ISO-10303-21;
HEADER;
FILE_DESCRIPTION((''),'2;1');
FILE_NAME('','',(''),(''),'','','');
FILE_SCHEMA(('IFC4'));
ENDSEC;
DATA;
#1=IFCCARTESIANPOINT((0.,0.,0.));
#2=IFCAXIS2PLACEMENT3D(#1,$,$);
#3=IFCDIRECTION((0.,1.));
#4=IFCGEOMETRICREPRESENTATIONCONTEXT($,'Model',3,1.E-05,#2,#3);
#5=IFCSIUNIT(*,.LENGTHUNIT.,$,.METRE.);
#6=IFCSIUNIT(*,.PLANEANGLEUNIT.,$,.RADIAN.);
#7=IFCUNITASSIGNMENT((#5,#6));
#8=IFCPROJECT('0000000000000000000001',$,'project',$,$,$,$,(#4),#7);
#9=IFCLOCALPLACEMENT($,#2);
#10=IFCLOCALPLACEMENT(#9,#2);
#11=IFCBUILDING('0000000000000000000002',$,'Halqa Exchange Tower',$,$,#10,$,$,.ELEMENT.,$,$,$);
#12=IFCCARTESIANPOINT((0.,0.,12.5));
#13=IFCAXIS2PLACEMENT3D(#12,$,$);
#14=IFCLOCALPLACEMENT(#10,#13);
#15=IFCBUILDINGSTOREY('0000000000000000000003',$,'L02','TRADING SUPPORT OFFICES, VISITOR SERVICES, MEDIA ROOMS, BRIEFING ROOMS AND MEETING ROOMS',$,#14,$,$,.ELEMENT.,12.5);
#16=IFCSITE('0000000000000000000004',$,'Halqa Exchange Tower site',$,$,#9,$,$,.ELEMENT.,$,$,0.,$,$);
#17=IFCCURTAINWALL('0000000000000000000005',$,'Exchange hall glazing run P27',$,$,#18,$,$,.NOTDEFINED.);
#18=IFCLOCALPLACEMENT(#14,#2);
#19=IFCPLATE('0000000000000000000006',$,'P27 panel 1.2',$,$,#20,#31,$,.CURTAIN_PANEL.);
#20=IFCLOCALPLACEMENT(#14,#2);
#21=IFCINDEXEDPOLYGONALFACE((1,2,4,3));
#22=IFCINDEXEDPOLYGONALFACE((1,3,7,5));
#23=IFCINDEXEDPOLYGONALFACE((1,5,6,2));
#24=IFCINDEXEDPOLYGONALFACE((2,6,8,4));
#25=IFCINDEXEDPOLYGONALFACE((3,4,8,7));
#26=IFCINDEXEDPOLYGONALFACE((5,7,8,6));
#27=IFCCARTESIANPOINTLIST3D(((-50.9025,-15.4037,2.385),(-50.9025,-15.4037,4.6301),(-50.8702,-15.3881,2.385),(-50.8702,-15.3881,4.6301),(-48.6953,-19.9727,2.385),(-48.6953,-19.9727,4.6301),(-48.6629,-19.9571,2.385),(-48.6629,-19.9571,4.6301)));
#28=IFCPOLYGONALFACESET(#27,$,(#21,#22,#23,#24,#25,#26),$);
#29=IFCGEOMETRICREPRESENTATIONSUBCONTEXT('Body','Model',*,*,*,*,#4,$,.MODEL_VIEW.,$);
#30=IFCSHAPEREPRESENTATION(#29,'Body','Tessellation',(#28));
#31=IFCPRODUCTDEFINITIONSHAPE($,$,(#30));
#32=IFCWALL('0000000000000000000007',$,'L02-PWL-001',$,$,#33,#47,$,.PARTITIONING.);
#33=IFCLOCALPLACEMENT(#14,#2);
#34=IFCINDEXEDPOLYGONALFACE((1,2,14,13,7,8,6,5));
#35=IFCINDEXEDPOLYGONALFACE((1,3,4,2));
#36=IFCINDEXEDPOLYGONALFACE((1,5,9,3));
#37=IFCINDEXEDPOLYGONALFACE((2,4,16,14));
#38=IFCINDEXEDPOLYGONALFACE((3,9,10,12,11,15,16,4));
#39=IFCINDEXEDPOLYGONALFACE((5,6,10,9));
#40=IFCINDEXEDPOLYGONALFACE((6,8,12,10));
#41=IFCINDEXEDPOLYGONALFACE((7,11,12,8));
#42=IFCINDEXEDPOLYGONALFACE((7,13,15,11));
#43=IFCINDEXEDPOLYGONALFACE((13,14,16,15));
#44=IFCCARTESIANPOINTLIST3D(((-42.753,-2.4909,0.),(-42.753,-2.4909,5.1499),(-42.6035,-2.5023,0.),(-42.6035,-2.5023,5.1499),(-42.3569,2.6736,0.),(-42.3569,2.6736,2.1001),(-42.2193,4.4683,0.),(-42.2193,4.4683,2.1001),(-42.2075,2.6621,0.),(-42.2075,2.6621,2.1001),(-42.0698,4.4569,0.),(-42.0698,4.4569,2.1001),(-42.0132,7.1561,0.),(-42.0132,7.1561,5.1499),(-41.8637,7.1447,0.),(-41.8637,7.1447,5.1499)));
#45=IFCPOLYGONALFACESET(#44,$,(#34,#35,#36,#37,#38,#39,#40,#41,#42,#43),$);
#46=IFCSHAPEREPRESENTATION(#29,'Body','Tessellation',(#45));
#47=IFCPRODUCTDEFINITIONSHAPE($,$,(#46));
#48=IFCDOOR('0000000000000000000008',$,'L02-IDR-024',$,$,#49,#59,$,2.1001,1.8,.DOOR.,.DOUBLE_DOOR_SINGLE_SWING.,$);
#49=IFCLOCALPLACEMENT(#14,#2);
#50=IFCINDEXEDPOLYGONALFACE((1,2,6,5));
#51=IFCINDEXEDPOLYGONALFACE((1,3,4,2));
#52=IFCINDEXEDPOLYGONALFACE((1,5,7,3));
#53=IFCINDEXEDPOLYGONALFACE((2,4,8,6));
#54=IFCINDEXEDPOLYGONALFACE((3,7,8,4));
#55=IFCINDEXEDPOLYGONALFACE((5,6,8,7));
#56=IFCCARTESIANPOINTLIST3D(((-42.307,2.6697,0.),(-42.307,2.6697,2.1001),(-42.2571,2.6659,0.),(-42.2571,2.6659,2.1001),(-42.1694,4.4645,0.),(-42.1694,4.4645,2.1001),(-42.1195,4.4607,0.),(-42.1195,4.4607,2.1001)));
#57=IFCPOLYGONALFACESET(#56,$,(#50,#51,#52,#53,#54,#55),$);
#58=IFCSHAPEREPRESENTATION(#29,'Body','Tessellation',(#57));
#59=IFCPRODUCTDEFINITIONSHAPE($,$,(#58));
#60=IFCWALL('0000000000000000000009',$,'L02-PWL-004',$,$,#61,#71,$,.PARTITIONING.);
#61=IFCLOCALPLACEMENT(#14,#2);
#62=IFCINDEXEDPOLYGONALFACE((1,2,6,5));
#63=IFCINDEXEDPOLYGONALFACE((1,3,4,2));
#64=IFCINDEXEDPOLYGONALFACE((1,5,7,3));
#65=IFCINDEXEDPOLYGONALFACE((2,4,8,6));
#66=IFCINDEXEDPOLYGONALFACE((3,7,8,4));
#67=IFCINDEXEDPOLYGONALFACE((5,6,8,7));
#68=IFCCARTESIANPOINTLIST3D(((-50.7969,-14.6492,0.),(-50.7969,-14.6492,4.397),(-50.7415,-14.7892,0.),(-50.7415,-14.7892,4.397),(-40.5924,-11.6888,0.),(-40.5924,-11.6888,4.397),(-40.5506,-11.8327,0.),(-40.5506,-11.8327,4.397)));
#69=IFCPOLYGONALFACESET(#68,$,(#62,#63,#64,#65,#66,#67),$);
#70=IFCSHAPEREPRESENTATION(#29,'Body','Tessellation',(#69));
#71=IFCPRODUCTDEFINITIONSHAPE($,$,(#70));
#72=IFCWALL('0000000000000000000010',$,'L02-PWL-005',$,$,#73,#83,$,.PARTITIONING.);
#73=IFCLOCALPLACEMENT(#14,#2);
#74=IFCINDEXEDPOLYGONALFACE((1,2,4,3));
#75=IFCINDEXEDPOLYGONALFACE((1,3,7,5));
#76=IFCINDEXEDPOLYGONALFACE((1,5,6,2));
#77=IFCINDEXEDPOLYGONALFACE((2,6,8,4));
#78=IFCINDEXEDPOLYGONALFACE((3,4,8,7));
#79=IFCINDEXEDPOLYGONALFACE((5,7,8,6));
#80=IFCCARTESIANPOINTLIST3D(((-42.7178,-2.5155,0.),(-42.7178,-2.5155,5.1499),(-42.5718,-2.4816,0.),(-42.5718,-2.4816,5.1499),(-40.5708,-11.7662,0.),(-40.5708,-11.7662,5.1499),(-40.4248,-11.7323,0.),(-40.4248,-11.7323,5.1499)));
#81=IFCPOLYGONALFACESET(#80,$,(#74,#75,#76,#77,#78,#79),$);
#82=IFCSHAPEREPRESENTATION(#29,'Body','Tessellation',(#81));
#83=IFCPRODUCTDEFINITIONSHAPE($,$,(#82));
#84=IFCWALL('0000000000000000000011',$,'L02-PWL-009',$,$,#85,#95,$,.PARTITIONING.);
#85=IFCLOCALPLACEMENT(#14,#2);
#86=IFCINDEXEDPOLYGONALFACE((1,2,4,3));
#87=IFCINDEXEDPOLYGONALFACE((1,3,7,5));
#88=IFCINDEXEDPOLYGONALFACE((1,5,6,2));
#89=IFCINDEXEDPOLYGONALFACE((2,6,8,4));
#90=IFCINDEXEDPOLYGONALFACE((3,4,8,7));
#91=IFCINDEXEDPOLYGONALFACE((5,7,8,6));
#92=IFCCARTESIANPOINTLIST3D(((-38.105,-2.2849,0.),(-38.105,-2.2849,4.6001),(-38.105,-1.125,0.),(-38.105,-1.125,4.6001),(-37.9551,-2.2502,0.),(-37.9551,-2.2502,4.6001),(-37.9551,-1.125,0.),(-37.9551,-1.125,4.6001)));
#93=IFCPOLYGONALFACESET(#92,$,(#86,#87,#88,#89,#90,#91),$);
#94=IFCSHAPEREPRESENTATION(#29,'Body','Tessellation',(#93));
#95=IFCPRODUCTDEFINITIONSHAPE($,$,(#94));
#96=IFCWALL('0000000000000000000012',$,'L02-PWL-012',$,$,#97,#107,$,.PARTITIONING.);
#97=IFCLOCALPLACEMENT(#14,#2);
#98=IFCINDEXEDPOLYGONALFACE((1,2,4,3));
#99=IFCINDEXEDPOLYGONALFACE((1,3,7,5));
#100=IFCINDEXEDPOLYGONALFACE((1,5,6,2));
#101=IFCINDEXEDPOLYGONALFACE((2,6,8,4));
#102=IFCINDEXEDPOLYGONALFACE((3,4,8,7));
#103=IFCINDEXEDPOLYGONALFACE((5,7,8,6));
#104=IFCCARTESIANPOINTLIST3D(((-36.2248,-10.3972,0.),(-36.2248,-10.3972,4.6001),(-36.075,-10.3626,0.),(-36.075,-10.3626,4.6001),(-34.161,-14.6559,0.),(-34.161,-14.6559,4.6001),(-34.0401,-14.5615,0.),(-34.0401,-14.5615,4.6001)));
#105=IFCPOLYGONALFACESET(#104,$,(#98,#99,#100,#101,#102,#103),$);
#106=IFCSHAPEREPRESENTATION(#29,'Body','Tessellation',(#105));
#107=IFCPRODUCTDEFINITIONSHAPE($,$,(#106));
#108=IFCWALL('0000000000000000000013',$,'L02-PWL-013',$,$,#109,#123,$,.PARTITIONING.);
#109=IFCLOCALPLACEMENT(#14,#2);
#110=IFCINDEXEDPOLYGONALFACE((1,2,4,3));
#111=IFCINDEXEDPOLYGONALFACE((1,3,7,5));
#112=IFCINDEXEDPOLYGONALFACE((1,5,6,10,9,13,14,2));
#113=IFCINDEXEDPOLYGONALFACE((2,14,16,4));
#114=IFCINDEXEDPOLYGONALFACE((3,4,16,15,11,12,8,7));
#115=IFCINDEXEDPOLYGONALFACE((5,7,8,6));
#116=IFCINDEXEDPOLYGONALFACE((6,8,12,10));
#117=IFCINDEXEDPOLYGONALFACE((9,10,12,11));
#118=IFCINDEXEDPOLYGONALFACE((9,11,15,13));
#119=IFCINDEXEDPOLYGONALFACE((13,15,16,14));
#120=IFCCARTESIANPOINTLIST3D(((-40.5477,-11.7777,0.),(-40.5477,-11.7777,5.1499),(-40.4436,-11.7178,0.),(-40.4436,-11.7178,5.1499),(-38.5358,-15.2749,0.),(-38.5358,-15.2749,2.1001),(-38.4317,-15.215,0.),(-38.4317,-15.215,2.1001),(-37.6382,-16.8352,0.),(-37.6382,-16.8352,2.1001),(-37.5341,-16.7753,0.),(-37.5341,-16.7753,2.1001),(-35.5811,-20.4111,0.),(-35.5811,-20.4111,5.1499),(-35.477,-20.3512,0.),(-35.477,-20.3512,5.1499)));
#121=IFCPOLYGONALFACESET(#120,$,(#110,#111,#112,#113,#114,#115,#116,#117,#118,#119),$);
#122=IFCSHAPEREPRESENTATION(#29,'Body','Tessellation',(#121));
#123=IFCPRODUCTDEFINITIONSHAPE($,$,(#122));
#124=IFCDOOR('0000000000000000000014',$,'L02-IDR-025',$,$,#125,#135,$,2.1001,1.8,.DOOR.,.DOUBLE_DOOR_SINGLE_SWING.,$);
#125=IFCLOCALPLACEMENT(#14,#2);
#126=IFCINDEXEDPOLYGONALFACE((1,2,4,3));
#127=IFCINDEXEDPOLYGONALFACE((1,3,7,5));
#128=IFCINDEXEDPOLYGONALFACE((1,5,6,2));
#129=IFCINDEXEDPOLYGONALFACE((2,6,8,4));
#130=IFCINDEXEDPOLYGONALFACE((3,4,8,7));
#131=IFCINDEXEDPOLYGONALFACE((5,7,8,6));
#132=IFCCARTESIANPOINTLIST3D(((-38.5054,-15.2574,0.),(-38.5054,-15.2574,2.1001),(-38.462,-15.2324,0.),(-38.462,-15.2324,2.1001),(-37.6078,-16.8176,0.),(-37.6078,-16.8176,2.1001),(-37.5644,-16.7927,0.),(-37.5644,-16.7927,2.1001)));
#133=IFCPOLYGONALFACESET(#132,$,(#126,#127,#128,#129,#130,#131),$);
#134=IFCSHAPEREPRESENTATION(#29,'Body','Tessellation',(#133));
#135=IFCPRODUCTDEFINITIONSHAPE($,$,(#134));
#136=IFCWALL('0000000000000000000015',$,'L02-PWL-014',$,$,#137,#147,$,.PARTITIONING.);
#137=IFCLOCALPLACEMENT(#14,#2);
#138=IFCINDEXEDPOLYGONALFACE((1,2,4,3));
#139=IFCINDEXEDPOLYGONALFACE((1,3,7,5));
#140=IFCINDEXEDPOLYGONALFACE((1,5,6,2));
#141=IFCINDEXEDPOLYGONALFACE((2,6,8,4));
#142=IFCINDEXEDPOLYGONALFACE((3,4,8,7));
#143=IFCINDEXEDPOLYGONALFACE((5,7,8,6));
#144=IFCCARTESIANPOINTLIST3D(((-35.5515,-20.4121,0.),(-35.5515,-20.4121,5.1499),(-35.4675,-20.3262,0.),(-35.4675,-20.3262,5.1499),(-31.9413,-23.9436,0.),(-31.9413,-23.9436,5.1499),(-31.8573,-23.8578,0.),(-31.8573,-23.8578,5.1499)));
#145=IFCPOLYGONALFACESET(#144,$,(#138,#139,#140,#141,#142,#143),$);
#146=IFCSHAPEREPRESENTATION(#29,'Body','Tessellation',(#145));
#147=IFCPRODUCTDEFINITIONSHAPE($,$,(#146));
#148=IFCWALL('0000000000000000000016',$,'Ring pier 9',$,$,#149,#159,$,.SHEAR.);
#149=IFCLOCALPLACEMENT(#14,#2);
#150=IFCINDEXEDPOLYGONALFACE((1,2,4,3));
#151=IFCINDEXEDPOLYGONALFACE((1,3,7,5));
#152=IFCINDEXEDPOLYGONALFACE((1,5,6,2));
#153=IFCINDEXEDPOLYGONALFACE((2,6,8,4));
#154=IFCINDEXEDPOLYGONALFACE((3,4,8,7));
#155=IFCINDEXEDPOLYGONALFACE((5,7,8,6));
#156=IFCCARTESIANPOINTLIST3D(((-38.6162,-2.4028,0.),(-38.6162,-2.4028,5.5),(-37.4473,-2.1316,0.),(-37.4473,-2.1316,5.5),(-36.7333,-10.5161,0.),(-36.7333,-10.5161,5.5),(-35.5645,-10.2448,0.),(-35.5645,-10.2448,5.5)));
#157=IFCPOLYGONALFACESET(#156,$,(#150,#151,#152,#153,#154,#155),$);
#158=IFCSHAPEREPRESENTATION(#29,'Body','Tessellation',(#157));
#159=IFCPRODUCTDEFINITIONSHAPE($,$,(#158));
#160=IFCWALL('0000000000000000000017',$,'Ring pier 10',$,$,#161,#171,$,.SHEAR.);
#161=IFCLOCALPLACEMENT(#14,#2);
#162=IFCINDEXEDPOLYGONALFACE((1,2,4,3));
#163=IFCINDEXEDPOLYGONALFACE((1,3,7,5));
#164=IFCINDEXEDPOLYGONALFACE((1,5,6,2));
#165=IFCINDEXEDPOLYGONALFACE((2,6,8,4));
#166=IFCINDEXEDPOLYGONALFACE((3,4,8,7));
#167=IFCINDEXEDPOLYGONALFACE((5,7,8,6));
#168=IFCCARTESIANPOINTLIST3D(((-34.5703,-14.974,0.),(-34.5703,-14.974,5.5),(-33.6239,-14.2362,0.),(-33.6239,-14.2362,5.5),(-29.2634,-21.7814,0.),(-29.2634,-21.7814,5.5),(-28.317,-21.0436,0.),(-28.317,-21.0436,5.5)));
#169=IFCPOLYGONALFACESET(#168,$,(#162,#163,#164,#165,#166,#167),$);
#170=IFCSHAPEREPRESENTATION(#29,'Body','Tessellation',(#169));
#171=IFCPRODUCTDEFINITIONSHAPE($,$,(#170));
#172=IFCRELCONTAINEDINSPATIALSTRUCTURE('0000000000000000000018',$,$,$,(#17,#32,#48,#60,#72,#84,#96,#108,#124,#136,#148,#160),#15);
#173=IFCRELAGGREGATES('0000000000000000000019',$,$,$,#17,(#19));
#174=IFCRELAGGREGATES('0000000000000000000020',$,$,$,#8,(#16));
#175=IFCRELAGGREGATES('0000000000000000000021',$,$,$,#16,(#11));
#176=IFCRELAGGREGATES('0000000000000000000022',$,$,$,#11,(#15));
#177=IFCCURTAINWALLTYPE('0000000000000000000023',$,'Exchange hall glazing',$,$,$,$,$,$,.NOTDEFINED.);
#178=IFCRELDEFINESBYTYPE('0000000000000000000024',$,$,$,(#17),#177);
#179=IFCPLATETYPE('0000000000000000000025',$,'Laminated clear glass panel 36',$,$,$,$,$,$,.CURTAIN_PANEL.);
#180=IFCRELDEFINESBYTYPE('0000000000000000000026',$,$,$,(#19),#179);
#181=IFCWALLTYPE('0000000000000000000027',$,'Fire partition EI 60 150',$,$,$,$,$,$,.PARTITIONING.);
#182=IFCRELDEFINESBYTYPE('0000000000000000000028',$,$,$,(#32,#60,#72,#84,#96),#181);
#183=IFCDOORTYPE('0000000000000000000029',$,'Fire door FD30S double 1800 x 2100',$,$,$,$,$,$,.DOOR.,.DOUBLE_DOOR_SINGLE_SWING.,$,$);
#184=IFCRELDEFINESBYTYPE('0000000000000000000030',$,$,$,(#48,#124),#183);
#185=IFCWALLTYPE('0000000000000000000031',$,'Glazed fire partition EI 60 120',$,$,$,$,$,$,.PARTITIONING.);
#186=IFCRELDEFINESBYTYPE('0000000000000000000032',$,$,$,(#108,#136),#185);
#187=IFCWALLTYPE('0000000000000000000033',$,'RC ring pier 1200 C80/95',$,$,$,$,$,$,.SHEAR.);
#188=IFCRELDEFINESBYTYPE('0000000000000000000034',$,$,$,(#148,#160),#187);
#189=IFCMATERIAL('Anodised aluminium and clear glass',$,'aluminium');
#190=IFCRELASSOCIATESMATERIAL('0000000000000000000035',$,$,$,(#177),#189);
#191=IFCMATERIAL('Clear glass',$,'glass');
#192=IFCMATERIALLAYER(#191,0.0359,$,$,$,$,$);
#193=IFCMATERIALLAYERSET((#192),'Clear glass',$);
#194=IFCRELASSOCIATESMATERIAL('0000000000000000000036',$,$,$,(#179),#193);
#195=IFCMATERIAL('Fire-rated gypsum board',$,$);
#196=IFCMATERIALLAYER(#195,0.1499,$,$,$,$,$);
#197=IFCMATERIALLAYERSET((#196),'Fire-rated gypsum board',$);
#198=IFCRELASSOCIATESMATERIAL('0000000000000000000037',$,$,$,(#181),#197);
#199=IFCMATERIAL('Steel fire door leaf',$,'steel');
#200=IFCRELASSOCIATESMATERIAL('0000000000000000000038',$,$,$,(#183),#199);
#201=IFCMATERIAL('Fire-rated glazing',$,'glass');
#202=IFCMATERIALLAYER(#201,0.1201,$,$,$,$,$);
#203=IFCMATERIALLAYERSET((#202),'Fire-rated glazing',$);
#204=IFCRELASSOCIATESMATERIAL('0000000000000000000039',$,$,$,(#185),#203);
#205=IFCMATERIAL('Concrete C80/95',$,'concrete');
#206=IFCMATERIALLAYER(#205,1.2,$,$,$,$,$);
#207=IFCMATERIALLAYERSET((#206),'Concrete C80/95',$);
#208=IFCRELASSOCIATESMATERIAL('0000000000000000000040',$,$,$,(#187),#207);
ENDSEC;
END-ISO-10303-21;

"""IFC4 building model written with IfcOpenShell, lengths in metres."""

from ifc_helpers import new_model, si_unit, direction, frame, frame_2d, origin, origin_2d, place, context, subcontext, project, spatial, polyline, rectangle, outline, extrude, material, layer, layer_set, type_object, element, fill, aggregate, save


model = new_model("IFC4")

# Units and contexts
model_context = context("Model", 3, precision=1e-05, world=origin(), true_north=direction((0.0, 1.0)))
body_context = subcontext(model_context, "Body", "Model", "MODEL_VIEW")
ifc_project = project(units=[si_unit("LENGTHUNIT", "METRE"), si_unit("PLANEANGLEUNIT", "RADIAN")], contexts=[model_context])

# Site, building, storey
site_placement = place(None, origin())
site = spatial("IfcSite", under=ifc_project, at=site_placement, Name="Halqa Exchange Tower site", CompositionType="ELEMENT", RefElevation=0.0)
building_placement = place(site_placement, origin())
building = spatial("IfcBuilding", under=site, at=building_placement, Name="Halqa Exchange Tower", CompositionType="ELEMENT")
storey_placement = place(building_placement, frame((0.0, 0.0, 12.5)))
storey = spatial("IfcBuildingStorey", under=building, at=storey_placement, Name="L02", Description="TRADING SUPPORT OFFICES, VISITOR SERVICES, MEDIA ROOMS, BRIEFING ROOMS AND MEETING ROOMS", CompositionType="ELEMENT", Elevation=12.5)

# Curtain wall
ifc_material_1 = material(Name="Anodised aluminium and clear glass", Category="aluminium")
curtain_wall_type = type_object("IfcCurtainWallType", Name="Exchange hall glazing", PredefinedType="NOTDEFINED", material=ifc_material_1)
curtain_wall_1_placement = place(storey_placement, origin())
curtain_wall_1 = element("IfcCurtainWall", 1, at=curtain_wall_1_placement, inside=storey, type_object=curtain_wall_type, Name="Exchange hall glazing run P27", PredefinedType="NOTDEFINED")

# Plate
ifc_material_2 = material(Name="Clear glass", Category="glass")
ifc_layer_1 = layer(ifc_material_2, 0.0359)
ifc_layer_set_1 = layer_set([ifc_layer_1], Name="Clear glass")
plate_type = type_object("IfcPlateType", Name="Laminated clear glass panel 36", PredefinedType="CURTAIN_PANEL", material=ifc_layer_set_1)
plate_1_placement = place(storey_placement, frame((-49.7827, -17.6804, 2.385), z_axis=(0.0, 0.0, 1.0), x_axis=(0.43499, -0.900435, 0.0)))
plate_1 = element("IfcPlate", 2, at=plate_1_placement, type_object=plate_type, Name="P27 panel 1.2", PredefinedType="CURTAIN_PANEL", context=body_context, shape_type="SweptSolid", body=[
    extrude(rectangle(XDim=5.0742, YDim=0.0359, at=origin_2d()), origin(), (0.0, 0.0, 1.0), 2.2451),
])
aggregate(curtain_wall_1, [plate_1])

# Wall, opening, door
ifc_material_3 = material(Name="Fire-rated gypsum board")
ifc_layer_2 = layer(ifc_material_3, 0.1499)
ifc_layer_set_2 = layer_set([ifc_layer_2], Name="Fire-rated gypsum board")
wall_type_1 = type_object("IfcWallType", Name="Fire partition EI 60 150", PredefinedType="PARTITIONING", material=ifc_layer_set_2)
wall_1_placement = place(storey_placement, frame((-42.6782, -2.4966, 0.0), z_axis=(0.0, 0.0, 1.0), x_axis=(0.076457, 0.997073, 0.0)))
wall_1 = element("IfcWall", 3, at=wall_1_placement, inside=storey, type_object=wall_type_1, Name="L02-PWL-001", PredefinedType="PARTITIONING", context=body_context, shape_type="SweptSolid", body=[
    extrude(rectangle(XDim=9.6753, YDim=0.1499, at=frame_2d((4.8376, 0.0))), origin(), (0.0, 0.0, 1.0), 5.1499),
])
opening_1_placement = place(wall_1_placement, frame((5.1797, 0.0, 0.0)))
opening_1 = element("IfcOpeningElement", 4, at=opening_1_placement, cuts=wall_1, PredefinedType="OPENING", context=body_context, shape_type="SweptSolid", body=[
    extrude(rectangle(XDim=1.8, YDim=2.1001, at=frame_2d((0.8999, 1.05))), frame((0.0, 0.0869, 0.0), z_axis=(0.0, -1.0, 0.0), x_axis=(1.0, 0.0, 0.0)), (0.0, 0.0, 1.0), 0.1738),
])
ifc_material_4 = material(Name="Steel fire door leaf", Category="steel")
door_type = type_object("IfcDoorType", Name="Fire door FD30S double 1800 x 2100", OperationType="DOUBLE_DOOR_SINGLE_SWING", PredefinedType="DOOR", material=ifc_material_4)
door_1_placement = place(opening_1_placement, origin())
door_1 = element("IfcDoor", 5, at=door_1_placement, inside=storey, type_object=door_type, Name="L02-IDR-024", OperationType="DOUBLE_DOOR_SINGLE_SWING", OverallHeight=2.1001, OverallWidth=1.8, PredefinedType="DOOR", context=body_context, shape_type="SweptSolid", body=[
    extrude(rectangle(XDim=1.8, YDim=2.1001, at=frame_2d((0.8999, 1.05))), frame((0.0, 0.0249, 0.0), z_axis=(0.0, -1.0, 0.0), x_axis=(1.0, 0.0, 0.0)), (0.0, 0.0, 1.0), 0.05),
])
fill(opening_1, door_1)

# Walls
wall_2_placement = place(storey_placement, frame((-40.5715, -11.7607, 0.0), z_axis=(0.0, 0.0, 1.0), x_axis=(-0.9604, -0.278624, 0.0)))
element("IfcWall", 6, at=wall_2_placement, inside=storey, type_object=wall_type_1, Name="L02-PWL-004", PredefinedType="PARTITIONING", context=body_context, shape_type="SweptSolid", body=[
    extrude(outline(polyline([(0.0, -0.075), (10.6252, -0.075), (10.6111, 0.075), (0.0, 0.075), (0.0, -0.075)])), origin(), (0.0, 0.0, 1.0), 4.397),
])
wall_3_placement = place(storey_placement, frame((-40.4978, -11.7493, 0.0), z_axis=(0.0, 0.0, 1.0), x_axis=(-0.226078, 0.974109, 0.0)))
element("IfcWall", 7, at=wall_3_placement, inside=storey, type_object=wall_type_1, Name="L02-PWL-005", PredefinedType="PARTITIONING", context=body_context, shape_type="SweptSolid", body=[
    extrude(rectangle(XDim=9.4966, YDim=0.1499, at=frame_2d((4.7483, 0.0))), origin(), (0.0, 0.0, 1.0), 5.1499),
])
wall_4_placement = place(storey_placement, frame((-38.03, -1.125, 0.0), z_axis=(0.0, 0.0, 1.0), x_axis=(0.0, -1.0, 0.0)))
element("IfcWall", 8, at=wall_4_placement, inside=storey, type_object=wall_type_1, Name="L02-PWL-009", PredefinedType="PARTITIONING", context=body_context, shape_type="SweptSolid", body=[
    extrude(outline(polyline([(0.0, -0.075), (1.1599, -0.075), (1.1252, 0.075), (0.0, 0.075), (0.0, -0.075)])), origin(), (0.0, 0.0, 1.0), 4.6001),
])
wall_5_placement = place(storey_placement, frame((-36.1499, -10.3799, 0.0), z_axis=(0.0, 0.0, 1.0), x_axis=(0.436103, -0.899897, 0.0)))
element("IfcWall", 9, at=wall_5_placement, inside=storey, type_object=wall_type_1, Name="L02-PWL-012", PredefinedType="PARTITIONING", context=body_context, shape_type="SweptSolid", body=[
    extrude(outline(polyline([(-0.0171, -0.075), (4.7153, -0.075), (4.6831, 0.075), (0.0171, 0.075), (-0.0171, -0.075)])), origin(), (0.0, 0.0, 1.0), 4.6001),
])

# Wall, opening, door
ifc_material_5 = material(Name="Fire-rated glazing", Category="glass")
ifc_layer_3 = layer(ifc_material_5, 0.1201)
ifc_layer_set_3 = layer_set([ifc_layer_3], Name="Fire-rated glazing")
wall_type_2 = type_object("IfcWallType", Name="Glazed fire partition EI 60 120", PredefinedType="PARTITIONING", material=ifc_layer_set_3)
wall_6_placement = place(storey_placement, frame((-35.5291, -20.3811, 0.0), z_axis=(0.0, 0.0, 1.0), x_axis=(-0.498653, 0.866802, 0.0)))
wall_6 = element("IfcWall", 10, at=wall_6_placement, inside=storey, type_object=wall_type_2, Name="L02-PWL-013", PredefinedType="PARTITIONING", context=body_context, shape_type="SweptSolid", body=[
    extrude(rectangle(XDim=9.96, YDim=0.1201, at=frame_2d((4.98, 0.0))), origin(), (0.0, 0.0, 1.0), 5.1499),
])
opening_2_placement = place(wall_6_placement, frame((4.1255, 0.0, 0.0)))
opening_2 = element("IfcOpeningElement", 11, at=opening_2_placement, cuts=wall_6, PredefinedType="OPENING", context=body_context, shape_type="SweptSolid", body=[
    extrude(rectangle(XDim=1.8, YDim=2.1001, at=frame_2d((0.8999, 1.05))), frame((0.0, 0.072, 0.0), z_axis=(0.0, -1.0, 0.0), x_axis=(1.0, 0.0, 0.0)), (0.0, 0.0, 1.0), 0.144),
])
door_2_placement = place(opening_2_placement, origin())
door_2 = element("IfcDoor", 12, at=door_2_placement, inside=storey, type_object=door_type, Name="L02-IDR-025", OperationType="DOUBLE_DOOR_SINGLE_SWING", OverallHeight=2.1001, OverallWidth=1.8, PredefinedType="DOOR", context=body_context, shape_type="SweptSolid", body=[
    extrude(rectangle(XDim=1.8, YDim=2.1001, at=frame_2d((0.8999, 1.05))), frame((0.0, 0.0249, 0.0), z_axis=(0.0, -1.0, 0.0), x_axis=(1.0, 0.0, 0.0)), (0.0, 0.0, 1.0), 0.05),
])
fill(opening_2, door_2)

# Walls
wall_7_placement = place(storey_placement, frame((-35.5095, -20.3691, 0.0), z_axis=(0.0, 0.0, 1.0), x_axis=(0.714847, -0.699281, 0.0)))
element("IfcWall", 13, at=wall_7_placement, inside=storey, type_object=wall_type_2, Name="L02-PWL-014", PredefinedType="PARTITIONING", context=body_context, shape_type="SweptSolid", body=[
    extrude(rectangle(XDim=5.0503, YDim=0.1201, at=frame_2d((2.5251, 0.0))), origin(), (0.0, 0.0, 1.0), 5.1499),
])
ifc_material_6 = material(Name="Concrete C80/95", Category="concrete")
ifc_layer_4 = layer(ifc_material_6, 1.2)
ifc_layer_set_4 = layer_set([ifc_layer_4], Name="Concrete C80/95")
wall_type_3 = type_object("IfcWallType", Name="RC ring pier 1200 C80/95", PredefinedType="SHEAR", material=ifc_layer_set_4)
wall_8_placement = place(storey_placement, frame((-38.0317, -2.2671, 0.0), z_axis=(0.0, 0.0, 1.0), x_axis=(0.226058, -0.974114, 0.0)))
element("IfcWall", 14, at=wall_8_placement, inside=storey, type_object=wall_type_3, Name="Ring pier 9", PredefinedType="SHEAR", context=body_context, shape_type="SweptSolid", body=[
    extrude(rectangle(XDim=8.3289, YDim=1.2, at=frame_2d((4.1646, 0.0))), origin(), (0.0, 0.0, 1.0), 5.5),
])
wall_9_placement = place(storey_placement, frame((-34.0972, -14.605, 0.0), z_axis=(0.0, 0.0, 1.0), x_axis=(0.614825, -0.788663, 0.0)))
element("IfcWall", 15, at=wall_9_placement, inside=storey, type_object=wall_type_3, Name="Ring pier 10", PredefinedType="SHEAR", context=body_context, shape_type="SweptSolid", body=[
    extrude(rectangle(XDim=8.6316, YDim=1.2, at=frame_2d((4.3159, 0.0))), origin(), (0.0, 0.0, 1.0), 5.5),
])

save(model, "model.ifc")
